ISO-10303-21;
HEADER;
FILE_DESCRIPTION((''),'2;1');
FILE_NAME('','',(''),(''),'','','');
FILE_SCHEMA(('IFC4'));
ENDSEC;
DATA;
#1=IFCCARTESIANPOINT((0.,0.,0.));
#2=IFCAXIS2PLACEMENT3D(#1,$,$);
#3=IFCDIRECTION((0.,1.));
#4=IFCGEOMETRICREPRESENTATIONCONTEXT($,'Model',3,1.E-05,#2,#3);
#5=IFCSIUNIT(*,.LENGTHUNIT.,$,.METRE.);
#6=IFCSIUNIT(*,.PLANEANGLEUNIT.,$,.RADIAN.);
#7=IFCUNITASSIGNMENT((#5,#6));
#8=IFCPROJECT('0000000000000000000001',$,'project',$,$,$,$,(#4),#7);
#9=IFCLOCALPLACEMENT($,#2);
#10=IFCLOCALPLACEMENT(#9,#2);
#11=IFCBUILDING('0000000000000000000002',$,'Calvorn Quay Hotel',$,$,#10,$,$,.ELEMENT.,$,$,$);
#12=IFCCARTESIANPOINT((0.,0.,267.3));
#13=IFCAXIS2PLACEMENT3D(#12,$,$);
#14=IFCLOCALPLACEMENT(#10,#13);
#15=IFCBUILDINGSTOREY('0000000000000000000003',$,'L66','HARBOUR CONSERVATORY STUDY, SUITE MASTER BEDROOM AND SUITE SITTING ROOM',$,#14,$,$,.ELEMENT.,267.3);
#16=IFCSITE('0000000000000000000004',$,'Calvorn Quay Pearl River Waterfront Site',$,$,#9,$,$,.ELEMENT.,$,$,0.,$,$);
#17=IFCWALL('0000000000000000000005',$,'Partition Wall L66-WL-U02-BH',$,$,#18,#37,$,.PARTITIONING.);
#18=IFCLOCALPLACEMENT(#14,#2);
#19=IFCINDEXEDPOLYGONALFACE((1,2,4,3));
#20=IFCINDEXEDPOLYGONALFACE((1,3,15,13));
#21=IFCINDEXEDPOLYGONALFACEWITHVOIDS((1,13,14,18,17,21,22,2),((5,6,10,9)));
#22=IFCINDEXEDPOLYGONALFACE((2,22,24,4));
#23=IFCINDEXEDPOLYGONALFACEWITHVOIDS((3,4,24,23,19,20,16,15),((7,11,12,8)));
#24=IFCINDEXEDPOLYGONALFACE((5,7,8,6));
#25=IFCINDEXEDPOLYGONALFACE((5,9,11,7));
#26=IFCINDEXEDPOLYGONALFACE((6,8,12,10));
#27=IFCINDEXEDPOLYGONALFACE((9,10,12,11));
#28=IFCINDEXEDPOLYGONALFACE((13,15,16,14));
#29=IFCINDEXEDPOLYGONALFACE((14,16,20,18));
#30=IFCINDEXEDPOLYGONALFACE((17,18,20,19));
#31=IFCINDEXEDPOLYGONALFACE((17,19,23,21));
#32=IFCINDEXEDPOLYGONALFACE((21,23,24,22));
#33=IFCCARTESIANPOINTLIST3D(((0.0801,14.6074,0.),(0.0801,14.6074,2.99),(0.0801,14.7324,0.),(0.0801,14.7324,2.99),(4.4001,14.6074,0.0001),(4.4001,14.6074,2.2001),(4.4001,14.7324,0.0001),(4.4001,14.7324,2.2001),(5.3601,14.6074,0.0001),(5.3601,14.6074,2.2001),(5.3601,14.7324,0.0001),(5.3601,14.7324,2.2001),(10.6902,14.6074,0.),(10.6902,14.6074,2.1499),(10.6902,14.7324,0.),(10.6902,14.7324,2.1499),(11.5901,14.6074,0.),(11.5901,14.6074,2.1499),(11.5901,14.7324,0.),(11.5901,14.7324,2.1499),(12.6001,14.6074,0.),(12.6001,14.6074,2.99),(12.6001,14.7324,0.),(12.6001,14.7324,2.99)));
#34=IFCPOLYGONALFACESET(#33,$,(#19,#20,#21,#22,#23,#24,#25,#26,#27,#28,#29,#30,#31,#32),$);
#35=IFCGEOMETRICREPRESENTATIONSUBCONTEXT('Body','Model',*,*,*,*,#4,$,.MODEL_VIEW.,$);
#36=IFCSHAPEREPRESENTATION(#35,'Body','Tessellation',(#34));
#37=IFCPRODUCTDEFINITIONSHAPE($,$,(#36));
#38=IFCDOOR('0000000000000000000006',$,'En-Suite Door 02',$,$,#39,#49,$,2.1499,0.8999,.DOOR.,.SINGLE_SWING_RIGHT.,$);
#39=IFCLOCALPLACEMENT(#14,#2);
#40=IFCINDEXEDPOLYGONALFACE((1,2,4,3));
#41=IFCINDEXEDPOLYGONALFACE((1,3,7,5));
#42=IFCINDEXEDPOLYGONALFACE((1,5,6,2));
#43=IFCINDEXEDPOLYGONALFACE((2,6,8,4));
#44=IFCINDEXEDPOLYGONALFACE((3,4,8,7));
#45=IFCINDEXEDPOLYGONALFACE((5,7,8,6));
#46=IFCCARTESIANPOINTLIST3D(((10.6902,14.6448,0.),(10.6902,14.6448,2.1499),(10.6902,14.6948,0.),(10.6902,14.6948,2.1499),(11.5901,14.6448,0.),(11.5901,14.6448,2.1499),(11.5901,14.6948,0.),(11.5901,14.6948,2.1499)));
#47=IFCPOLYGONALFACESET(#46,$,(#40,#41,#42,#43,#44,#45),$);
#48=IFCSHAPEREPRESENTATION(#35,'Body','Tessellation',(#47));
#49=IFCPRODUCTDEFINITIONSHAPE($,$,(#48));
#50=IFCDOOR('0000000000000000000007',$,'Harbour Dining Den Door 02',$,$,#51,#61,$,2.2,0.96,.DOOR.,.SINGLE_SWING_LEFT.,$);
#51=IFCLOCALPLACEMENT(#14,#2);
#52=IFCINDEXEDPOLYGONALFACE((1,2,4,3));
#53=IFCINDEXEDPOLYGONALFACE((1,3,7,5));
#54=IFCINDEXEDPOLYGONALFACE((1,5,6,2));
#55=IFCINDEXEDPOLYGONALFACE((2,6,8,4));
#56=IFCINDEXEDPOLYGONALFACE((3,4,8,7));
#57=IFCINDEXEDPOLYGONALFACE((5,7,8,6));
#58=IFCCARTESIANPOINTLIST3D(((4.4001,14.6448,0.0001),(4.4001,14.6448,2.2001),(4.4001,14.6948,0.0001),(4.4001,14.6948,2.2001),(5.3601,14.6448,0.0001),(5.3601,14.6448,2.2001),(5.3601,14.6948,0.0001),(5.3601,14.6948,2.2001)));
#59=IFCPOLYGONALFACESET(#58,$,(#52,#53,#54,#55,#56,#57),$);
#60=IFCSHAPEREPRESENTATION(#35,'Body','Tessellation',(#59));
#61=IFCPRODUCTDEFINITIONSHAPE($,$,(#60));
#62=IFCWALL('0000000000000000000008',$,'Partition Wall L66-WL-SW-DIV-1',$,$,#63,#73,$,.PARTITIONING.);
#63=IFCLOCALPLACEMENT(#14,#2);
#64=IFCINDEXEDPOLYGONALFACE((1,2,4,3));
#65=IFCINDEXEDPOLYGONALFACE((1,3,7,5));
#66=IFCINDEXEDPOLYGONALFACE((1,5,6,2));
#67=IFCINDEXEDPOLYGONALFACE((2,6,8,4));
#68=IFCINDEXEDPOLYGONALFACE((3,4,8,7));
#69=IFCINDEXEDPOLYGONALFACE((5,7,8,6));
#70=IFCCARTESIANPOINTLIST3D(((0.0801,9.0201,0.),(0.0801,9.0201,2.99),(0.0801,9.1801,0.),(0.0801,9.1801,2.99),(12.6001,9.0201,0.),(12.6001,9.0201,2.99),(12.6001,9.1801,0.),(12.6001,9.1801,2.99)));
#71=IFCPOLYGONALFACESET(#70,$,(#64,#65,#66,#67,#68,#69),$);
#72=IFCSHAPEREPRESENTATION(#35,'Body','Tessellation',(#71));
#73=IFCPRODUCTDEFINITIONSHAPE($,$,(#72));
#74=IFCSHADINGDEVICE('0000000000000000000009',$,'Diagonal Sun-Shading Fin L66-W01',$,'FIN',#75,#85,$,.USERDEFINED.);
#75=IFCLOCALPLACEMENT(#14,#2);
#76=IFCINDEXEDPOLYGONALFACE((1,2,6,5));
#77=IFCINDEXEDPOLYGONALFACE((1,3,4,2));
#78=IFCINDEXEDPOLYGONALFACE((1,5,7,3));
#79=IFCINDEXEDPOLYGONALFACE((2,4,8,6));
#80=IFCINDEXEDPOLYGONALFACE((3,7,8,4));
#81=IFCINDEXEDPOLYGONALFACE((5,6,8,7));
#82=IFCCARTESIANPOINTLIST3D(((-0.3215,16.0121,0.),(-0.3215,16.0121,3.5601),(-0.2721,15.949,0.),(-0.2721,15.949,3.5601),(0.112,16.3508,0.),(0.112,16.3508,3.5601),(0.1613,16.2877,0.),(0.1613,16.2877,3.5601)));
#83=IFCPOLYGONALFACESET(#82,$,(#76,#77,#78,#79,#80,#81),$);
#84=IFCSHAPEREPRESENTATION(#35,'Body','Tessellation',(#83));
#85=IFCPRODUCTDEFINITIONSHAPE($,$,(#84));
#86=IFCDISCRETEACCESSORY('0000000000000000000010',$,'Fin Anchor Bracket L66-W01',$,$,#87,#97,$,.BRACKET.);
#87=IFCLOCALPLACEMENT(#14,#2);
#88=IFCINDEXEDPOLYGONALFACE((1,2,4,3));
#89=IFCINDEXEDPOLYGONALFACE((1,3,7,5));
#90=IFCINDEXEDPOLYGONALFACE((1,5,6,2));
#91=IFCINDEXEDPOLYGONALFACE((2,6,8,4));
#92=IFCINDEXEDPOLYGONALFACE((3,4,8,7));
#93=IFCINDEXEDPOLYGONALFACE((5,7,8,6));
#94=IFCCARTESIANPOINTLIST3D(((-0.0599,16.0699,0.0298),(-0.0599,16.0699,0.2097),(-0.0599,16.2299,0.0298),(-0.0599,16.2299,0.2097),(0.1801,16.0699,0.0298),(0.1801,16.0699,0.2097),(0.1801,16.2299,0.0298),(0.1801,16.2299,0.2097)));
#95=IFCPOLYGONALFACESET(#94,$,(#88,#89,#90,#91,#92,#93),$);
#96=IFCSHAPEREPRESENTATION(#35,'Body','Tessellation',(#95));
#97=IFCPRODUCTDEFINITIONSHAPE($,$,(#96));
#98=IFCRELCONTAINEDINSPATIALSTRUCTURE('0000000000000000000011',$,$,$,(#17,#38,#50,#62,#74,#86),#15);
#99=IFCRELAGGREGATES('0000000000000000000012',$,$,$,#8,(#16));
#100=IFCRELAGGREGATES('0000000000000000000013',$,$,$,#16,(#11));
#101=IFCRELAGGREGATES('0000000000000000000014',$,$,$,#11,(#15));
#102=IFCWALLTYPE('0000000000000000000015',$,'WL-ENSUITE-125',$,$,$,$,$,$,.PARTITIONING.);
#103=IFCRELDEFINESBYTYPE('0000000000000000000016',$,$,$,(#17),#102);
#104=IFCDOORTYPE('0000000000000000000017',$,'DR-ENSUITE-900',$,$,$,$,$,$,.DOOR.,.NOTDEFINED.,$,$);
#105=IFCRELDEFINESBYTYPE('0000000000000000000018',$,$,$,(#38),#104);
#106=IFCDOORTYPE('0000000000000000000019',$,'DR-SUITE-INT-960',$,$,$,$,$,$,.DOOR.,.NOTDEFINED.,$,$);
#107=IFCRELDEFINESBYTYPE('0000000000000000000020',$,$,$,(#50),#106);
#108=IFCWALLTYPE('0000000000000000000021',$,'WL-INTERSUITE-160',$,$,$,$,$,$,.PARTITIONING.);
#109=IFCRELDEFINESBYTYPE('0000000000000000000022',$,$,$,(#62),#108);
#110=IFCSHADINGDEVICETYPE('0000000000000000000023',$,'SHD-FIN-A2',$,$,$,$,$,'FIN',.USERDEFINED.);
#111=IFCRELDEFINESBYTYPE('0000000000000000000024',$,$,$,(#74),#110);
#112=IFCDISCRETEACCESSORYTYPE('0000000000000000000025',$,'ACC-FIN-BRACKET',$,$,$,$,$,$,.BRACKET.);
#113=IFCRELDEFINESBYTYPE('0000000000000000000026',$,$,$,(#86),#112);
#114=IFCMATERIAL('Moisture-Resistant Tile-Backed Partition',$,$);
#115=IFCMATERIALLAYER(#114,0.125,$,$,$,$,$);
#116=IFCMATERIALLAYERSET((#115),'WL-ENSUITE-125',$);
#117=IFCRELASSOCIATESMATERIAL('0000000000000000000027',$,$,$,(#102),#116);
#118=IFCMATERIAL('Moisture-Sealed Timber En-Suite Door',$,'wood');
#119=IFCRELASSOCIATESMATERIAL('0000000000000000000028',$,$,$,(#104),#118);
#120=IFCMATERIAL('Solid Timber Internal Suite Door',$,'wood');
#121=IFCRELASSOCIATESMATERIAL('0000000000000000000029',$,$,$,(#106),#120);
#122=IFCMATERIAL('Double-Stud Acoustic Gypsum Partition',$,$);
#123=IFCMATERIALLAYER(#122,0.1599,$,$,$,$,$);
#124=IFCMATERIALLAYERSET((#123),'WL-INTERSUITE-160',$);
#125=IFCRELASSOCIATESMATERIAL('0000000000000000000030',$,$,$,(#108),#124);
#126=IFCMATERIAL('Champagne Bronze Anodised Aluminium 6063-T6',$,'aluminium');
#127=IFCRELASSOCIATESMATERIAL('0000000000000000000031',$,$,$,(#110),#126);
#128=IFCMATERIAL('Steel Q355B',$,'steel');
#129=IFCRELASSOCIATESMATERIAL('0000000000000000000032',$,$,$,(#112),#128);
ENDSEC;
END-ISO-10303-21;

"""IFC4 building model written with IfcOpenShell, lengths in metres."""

from ifc_helpers import new_model, si_unit, direction, frame, frame_2d, origin, origin_2d, place, context, subcontext, project, spatial, rectangle, extrude, material, layer, layer_set, type_object, element, fill, save


model = new_model("IFC4")

# Units and contexts
model_context = context("Model", 3, precision=1e-05, world=origin(), true_north=direction((0.0, 1.0)))
body_context = subcontext(model_context, "Body", "Model", "MODEL_VIEW")
ifc_project = project(units=[si_unit("LENGTHUNIT", "METRE"), si_unit("PLANEANGLEUNIT", "RADIAN")], contexts=[model_context])

# Site, building, storey
site_placement = place(None, origin())
site = spatial("IfcSite", under=ifc_project, at=site_placement, Name="Calvorn Quay Pearl River Waterfront Site", CompositionType="ELEMENT", RefElevation=0.0)
building_placement = place(site_placement, origin())
building = spatial("IfcBuilding", under=site, at=building_placement, Name="Calvorn Quay Hotel", CompositionType="ELEMENT")
storey_placement = place(building_placement, frame((0.0, 0.0, 267.3)))
storey = spatial("IfcBuildingStorey", under=building, at=storey_placement, Name="L66", Description="HARBOUR CONSERVATORY STUDY, SUITE MASTER BEDROOM AND SUITE SITTING ROOM", CompositionType="ELEMENT", Elevation=267.3)

# Wall, openings, doors
ifc_material_1 = material(Name="Moisture-Resistant Tile-Backed Partition")
ifc_layer_1 = layer(ifc_material_1, 0.125)
ifc_layer_set_1 = layer_set([ifc_layer_1], Name="WL-ENSUITE-125")
wall_type_1 = type_object("IfcWallType", Name="WL-ENSUITE-125", PredefinedType="PARTITIONING", material=ifc_layer_set_1)
ifc_material_2 = material(Name="Moisture-Sealed Timber En-Suite Door", Category="wood")
door_type_1 = type_object("IfcDoorType", Name="DR-ENSUITE-900", OperationType="NOTDEFINED", PredefinedType="DOOR", material=ifc_material_2)
ifc_material_3 = material(Name="Solid Timber Internal Suite Door", Category="wood")
door_type_2 = type_object("IfcDoorType", Name="DR-SUITE-INT-960", OperationType="NOTDEFINED", PredefinedType="DOOR", material=ifc_material_3)
wall_1_placement = place(storey_placement, frame((0.0801, 14.6699, 0.0), z_axis=(0.0, 0.0, 1.0), x_axis=(1.0, 0.0, 0.0)))
wall_1 = element("IfcWall", 1, at=wall_1_placement, inside=storey, type_object=wall_type_1, Name="Partition Wall L66-WL-U02-BH", PredefinedType="PARTITIONING", context=body_context, shape_type="SweptSolid", body=[
    extrude(rectangle(XDim=12.52, YDim=0.125, at=frame_2d((6.26, 0.0))), origin(), (0.0, 0.0, 1.0), 2.99),
])
opening_1_placement = place(wall_1_placement, frame((4.3201, 0.0, 0.0)))
opening_1 = element("IfcOpeningElement", 2, at=opening_1_placement, cuts=wall_1, PredefinedType="OPENING", context=body_context, shape_type="SweptSolid", body=[
    extrude(rectangle(XDim=0.96, YDim=2.2, at=frame_2d((0.48, 1.1001))), frame((0.0, 0.0725, 0.0), z_axis=(0.0, -1.0, 0.0), x_axis=(1.0, 0.0, 0.0)), (0.0, 0.0, 1.0), 0.145),
])
opening_2_placement = place(wall_1_placement, frame((10.6101, 0.0, 0.0)))
opening_2 = element("IfcOpeningElement", 3, at=opening_2_placement, cuts=wall_1, PredefinedType="OPENING", context=body_context, shape_type="SweptSolid", body=[
    extrude(rectangle(XDim=0.8999, YDim=2.1499, at=frame_2d((0.45, 1.075))), frame((0.0, 0.0725, 0.0), z_axis=(0.0, -1.0, 0.0), x_axis=(1.0, 0.0, 0.0)), (0.0, 0.0, 1.0), 0.145),
])
door_1_placement = place(opening_2_placement, origin())
door_1 = element("IfcDoor", 4, at=door_1_placement, inside=storey, type_object=door_type_1, Name="En-Suite Door 02", OperationType="SINGLE_SWING_RIGHT", OverallHeight=2.1499, OverallWidth=0.8999, PredefinedType="DOOR", context=body_context, shape_type="SweptSolid", body=[
    extrude(rectangle(XDim=0.8999, YDim=2.1499, at=frame_2d((0.45, 1.075))), frame((0.0, 0.0249, 0.0), z_axis=(0.0, -1.0, 0.0), x_axis=(1.0, 0.0, 0.0)), (0.0, 0.0, 1.0), 0.05),
])
fill(opening_2, door_1)
door_2_placement = place(opening_1_placement, origin())
door_2 = element("IfcDoor", 5, at=door_2_placement, inside=storey, type_object=door_type_2, Name="Harbour Dining Den Door 02", OperationType="SINGLE_SWING_LEFT", OverallHeight=2.2, OverallWidth=0.96, PredefinedType="DOOR", context=body_context, shape_type="SweptSolid", body=[
    extrude(rectangle(XDim=0.96, YDim=2.2, at=frame_2d((0.48, 1.1001))), frame((0.0, 0.0249, 0.0), z_axis=(0.0, -1.0, 0.0), x_axis=(1.0, 0.0, 0.0)), (0.0, 0.0, 1.0), 0.05),
])
fill(opening_1, door_2)

# Wall
ifc_material_4 = material(Name="Double-Stud Acoustic Gypsum Partition")
ifc_layer_2 = layer(ifc_material_4, 0.1599)
ifc_layer_set_2 = layer_set([ifc_layer_2], Name="WL-INTERSUITE-160")
wall_type_2 = type_object("IfcWallType", Name="WL-INTERSUITE-160", PredefinedType="PARTITIONING", material=ifc_layer_set_2)
wall_2_placement = place(storey_placement, frame((0.0801, 9.1001, 0.0), z_axis=(0.0, 0.0, 1.0), x_axis=(1.0, 0.0, 0.0)))
element("IfcWall", 6, at=wall_2_placement, inside=storey, type_object=wall_type_2, Name="Partition Wall L66-WL-SW-DIV-1", PredefinedType="PARTITIONING", context=body_context, shape_type="SweptSolid", body=[
    extrude(rectangle(XDim=12.52, YDim=0.1599, at=frame_2d((6.26, 0.0))), origin(), (0.0, 0.0, 1.0), 2.99),
])

# Shading device
ifc_material_5 = material(Name="Champagne Bronze Anodised Aluminium 6063-T6", Category="aluminium")
shading_device_type = type_object("IfcShadingDeviceType", Name="SHD-FIN-A2", ElementType="FIN", PredefinedType="USERDEFINED", material=ifc_material_5)
shading_device_placement = place(storey_placement, frame((-0.0801, 16.1499, 0.0), z_axis=(0.0, 0.0, 1.0), x_axis=(0.788011, 0.615661, 0.0)))
element("IfcShadingDevice", 7, at=shading_device_placement, inside=storey, type_object=shading_device_type, Name="Diagonal Sun-Shading Fin L66-W01", ObjectType="FIN", PredefinedType="USERDEFINED", context=body_context, shape_type="SweptSolid", body=[
    extrude(rectangle(XDim=0.55, YDim=0.0801, at=origin_2d()), origin(), (0.0, 0.0, 1.0), 3.5601),
])

# Discrete accessory
ifc_material_6 = material(Name="Steel Q355B", Category="steel")
discrete_accessory_type = type_object("IfcDiscreteAccessoryType", Name="ACC-FIN-BRACKET", PredefinedType="BRACKET", material=ifc_material_6)
discrete_accessory_placement = place(storey_placement, frame((0.0601, 16.1499, 0.0298), z_axis=(0.0, 0.0, 1.0), x_axis=(1.0, 0.0, 0.0)))
element("IfcDiscreteAccessory", 8, at=discrete_accessory_placement, inside=storey, type_object=discrete_accessory_type, Name="Fin Anchor Bracket L66-W01", PredefinedType="BRACKET", context=body_context, shape_type="SweptSolid", body=[
    extrude(rectangle(XDim=0.24, YDim=0.1599, at=origin_2d()), origin(), (0.0, 0.0, 1.0), 0.1799),
])

save(model, "model.ifc")
